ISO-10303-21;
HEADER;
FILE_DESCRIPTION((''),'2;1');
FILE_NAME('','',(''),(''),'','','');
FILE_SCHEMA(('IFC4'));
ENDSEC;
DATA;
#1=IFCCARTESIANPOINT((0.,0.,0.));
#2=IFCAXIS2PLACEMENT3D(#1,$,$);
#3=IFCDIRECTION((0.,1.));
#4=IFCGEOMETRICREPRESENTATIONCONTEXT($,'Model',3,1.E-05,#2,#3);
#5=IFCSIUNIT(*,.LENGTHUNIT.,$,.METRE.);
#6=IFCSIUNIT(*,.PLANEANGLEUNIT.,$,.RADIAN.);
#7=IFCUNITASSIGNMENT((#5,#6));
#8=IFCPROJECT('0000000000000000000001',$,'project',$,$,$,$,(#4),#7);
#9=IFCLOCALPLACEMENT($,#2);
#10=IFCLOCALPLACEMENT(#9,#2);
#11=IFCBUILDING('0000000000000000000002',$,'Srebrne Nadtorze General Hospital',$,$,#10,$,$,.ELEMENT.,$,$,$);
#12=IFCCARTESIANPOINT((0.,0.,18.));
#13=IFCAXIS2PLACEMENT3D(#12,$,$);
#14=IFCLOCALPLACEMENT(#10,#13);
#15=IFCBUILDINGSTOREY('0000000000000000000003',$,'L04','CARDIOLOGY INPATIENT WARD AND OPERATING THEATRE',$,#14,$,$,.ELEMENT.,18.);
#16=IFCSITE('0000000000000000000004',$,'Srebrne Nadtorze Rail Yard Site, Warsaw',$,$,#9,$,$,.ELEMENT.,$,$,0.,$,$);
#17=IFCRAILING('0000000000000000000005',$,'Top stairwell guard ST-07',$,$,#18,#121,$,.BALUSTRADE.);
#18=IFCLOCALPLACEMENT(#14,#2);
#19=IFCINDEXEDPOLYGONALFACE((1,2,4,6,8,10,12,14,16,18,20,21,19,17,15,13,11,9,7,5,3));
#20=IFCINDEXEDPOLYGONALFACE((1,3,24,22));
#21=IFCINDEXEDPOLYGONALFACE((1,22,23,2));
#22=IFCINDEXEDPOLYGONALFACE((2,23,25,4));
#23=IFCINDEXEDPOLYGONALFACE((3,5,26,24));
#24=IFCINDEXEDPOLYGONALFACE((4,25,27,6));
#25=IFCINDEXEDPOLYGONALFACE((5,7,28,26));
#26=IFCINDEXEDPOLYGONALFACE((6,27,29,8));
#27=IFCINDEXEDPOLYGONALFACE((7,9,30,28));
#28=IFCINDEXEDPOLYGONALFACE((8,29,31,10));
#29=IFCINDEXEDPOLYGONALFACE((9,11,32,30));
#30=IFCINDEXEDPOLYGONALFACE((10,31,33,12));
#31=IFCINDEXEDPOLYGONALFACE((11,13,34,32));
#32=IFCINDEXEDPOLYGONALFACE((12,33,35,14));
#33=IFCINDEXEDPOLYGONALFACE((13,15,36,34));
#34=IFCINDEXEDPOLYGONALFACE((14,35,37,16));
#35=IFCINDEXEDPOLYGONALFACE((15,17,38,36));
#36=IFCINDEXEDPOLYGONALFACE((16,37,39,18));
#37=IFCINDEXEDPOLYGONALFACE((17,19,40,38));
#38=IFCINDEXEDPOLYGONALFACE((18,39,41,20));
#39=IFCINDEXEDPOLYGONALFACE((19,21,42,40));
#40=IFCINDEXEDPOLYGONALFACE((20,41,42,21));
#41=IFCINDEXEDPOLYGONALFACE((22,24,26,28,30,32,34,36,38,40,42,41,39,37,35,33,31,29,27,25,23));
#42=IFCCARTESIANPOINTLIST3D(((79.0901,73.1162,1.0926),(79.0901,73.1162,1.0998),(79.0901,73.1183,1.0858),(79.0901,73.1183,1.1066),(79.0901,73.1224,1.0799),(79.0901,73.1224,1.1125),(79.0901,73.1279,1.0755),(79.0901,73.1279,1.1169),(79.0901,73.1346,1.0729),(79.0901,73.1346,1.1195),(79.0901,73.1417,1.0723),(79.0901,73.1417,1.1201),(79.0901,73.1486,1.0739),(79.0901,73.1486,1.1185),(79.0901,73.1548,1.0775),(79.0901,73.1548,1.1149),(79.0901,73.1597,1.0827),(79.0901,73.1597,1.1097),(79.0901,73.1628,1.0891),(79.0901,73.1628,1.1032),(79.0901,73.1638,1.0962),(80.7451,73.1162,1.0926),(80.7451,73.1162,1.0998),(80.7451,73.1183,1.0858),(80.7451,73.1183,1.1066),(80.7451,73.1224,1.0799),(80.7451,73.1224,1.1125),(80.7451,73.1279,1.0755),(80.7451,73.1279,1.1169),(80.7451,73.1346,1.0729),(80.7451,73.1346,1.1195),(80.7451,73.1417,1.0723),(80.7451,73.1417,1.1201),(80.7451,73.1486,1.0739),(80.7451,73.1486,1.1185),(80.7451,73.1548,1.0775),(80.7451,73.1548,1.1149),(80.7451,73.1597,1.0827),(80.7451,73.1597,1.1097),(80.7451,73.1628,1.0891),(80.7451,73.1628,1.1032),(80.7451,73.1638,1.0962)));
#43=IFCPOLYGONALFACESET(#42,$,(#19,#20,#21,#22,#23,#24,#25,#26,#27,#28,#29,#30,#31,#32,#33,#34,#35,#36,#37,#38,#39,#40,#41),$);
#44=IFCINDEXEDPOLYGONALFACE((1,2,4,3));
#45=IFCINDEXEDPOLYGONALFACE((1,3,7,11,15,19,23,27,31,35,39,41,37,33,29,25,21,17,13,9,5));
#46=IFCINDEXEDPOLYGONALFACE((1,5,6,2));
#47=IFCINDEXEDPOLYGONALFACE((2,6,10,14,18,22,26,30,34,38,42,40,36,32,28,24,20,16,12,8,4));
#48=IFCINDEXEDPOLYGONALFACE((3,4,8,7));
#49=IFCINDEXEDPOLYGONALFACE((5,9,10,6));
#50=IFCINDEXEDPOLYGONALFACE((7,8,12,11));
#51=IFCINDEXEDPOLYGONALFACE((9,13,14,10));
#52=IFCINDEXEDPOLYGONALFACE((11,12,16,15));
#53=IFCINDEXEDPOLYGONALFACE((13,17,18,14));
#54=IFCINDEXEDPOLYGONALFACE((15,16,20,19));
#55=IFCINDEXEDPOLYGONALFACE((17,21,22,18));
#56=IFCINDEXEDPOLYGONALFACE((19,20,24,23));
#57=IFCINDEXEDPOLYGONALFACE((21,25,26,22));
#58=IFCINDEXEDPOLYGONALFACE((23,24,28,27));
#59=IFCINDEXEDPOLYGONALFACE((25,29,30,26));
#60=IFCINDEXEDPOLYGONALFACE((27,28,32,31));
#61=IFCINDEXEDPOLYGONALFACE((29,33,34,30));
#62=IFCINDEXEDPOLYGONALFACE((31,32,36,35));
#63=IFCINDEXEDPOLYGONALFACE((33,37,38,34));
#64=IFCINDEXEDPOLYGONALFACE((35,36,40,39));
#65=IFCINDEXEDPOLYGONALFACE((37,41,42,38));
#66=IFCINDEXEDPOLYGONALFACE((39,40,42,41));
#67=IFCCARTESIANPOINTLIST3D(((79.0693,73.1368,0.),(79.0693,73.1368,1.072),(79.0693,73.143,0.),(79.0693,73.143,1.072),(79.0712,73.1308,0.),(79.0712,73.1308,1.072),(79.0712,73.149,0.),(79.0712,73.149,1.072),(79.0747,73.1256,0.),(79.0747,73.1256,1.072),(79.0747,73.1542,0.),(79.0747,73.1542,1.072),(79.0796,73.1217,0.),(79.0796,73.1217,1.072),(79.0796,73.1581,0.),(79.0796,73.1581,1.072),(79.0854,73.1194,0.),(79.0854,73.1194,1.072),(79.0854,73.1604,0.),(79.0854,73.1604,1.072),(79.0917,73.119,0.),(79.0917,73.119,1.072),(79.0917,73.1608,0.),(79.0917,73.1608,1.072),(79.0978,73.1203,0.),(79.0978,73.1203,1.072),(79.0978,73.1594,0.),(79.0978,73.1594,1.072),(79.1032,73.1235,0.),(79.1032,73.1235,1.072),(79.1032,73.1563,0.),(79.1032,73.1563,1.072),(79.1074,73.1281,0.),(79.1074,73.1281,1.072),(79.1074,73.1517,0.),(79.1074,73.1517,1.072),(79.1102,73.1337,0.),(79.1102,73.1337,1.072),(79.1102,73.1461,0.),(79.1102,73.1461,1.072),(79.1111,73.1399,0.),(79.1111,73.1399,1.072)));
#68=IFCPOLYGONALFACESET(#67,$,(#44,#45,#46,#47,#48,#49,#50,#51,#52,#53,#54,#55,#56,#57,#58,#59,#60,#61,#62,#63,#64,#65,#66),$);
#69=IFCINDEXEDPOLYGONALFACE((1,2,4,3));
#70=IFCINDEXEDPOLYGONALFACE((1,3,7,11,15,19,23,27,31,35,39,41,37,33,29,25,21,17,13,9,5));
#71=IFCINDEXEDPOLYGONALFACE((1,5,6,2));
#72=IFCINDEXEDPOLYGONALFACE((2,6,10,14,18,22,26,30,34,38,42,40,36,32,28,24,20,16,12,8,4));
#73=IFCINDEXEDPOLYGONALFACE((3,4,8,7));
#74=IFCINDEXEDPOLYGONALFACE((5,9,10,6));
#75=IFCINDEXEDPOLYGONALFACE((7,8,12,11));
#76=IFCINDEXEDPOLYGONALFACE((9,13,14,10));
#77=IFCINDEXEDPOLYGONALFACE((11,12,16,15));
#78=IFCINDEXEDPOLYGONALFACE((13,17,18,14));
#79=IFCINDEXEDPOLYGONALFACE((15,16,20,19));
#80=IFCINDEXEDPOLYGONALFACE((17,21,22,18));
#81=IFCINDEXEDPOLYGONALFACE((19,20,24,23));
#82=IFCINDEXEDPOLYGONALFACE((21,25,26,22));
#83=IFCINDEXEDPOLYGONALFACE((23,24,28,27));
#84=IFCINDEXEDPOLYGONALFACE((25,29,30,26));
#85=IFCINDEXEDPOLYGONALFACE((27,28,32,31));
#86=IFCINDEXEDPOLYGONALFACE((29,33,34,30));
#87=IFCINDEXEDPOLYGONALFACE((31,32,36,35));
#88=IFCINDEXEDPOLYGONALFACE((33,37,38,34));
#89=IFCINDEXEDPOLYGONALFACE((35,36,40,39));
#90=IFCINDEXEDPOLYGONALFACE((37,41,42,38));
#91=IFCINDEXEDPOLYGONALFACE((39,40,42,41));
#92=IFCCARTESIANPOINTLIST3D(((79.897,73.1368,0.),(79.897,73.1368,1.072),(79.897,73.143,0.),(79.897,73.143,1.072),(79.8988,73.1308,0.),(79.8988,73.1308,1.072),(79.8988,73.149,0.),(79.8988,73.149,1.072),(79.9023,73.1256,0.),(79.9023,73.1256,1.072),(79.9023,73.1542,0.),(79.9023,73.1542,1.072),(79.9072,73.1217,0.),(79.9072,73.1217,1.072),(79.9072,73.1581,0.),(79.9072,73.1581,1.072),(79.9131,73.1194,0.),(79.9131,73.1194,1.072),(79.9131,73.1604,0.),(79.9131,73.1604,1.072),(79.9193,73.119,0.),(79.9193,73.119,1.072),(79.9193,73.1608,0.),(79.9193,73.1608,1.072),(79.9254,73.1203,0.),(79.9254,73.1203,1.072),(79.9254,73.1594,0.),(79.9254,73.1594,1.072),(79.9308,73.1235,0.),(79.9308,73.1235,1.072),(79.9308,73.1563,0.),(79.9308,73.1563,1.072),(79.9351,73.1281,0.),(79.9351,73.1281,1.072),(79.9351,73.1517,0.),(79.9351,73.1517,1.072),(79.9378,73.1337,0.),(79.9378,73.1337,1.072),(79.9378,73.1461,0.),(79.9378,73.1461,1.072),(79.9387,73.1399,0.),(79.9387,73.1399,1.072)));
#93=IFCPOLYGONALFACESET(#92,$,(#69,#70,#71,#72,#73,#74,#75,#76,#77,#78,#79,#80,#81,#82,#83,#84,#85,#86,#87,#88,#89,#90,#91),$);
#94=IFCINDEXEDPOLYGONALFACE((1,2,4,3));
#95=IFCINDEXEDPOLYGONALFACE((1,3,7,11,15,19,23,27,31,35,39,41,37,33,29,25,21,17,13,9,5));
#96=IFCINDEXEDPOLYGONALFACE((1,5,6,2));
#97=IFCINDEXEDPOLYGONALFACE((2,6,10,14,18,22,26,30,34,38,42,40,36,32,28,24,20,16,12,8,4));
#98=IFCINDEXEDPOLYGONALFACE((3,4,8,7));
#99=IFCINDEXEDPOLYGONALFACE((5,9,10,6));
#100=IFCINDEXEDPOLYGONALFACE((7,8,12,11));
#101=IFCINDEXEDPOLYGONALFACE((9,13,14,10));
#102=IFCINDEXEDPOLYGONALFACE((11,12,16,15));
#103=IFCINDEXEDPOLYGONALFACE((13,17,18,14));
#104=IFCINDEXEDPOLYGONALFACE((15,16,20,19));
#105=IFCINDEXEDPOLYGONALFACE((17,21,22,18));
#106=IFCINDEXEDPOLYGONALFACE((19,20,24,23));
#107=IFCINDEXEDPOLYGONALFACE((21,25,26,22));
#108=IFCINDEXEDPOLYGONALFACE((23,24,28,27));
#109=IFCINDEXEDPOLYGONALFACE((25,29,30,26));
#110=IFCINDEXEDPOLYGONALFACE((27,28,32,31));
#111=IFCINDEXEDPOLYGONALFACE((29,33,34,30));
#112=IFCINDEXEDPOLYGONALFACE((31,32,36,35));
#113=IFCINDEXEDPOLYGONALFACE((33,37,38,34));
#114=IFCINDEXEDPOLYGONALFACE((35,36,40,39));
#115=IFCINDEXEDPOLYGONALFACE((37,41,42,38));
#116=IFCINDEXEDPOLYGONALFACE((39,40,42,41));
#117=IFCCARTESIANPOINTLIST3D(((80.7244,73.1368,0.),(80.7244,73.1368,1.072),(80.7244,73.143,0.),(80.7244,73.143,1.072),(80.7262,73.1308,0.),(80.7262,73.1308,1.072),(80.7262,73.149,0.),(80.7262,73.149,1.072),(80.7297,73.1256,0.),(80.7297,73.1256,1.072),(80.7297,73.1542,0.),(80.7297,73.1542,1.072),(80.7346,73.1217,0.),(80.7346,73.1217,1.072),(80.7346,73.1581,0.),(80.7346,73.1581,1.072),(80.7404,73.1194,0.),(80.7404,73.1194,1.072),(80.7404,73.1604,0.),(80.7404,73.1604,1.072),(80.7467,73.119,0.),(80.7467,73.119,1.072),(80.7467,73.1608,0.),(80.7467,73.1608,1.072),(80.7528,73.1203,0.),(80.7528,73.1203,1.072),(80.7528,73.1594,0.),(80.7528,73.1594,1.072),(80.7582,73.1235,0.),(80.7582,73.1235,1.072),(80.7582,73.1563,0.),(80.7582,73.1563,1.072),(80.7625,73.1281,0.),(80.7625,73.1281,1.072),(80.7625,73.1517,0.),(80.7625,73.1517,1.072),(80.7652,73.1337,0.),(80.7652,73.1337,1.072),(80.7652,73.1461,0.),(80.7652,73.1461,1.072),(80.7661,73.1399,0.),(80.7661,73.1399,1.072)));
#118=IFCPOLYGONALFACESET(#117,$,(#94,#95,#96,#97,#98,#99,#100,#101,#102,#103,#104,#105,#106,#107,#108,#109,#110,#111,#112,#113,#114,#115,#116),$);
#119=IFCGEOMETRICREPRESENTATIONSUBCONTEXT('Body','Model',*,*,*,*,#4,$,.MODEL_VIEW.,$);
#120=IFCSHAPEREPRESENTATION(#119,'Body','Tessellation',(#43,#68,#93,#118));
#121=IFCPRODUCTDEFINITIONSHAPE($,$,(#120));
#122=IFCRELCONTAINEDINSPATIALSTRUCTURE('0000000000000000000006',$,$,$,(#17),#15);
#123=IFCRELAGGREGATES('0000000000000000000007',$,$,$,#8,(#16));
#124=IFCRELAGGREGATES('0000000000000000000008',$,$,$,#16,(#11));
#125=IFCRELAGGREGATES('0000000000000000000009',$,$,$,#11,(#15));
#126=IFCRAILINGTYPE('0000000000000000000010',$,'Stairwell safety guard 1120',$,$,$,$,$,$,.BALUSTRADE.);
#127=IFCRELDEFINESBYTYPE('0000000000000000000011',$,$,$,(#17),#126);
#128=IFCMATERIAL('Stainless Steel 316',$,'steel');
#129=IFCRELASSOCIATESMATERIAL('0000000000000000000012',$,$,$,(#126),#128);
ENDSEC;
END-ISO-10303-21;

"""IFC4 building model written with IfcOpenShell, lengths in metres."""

from ifc_helpers import new_model, si_unit, direction, frame, origin, origin_2d, place, context, subcontext, project, spatial, circle, extrude, material, type_object, element, save


model = new_model("IFC4")

# Units and contexts
model_context = context("Model", 3, precision=1e-05, world=origin(), true_north=direction((0.0, 1.0)))
body_context = subcontext(model_context, "Body", "Model", "MODEL_VIEW")
ifc_project = project(units=[si_unit("LENGTHUNIT", "METRE"), si_unit("PLANEANGLEUNIT", "RADIAN")], contexts=[model_context])

# Site, building, storey
site_placement = place(None, origin())
site = spatial("IfcSite", under=ifc_project, at=site_placement, Name="Srebrne Nadtorze Rail Yard Site, Warsaw", CompositionType="ELEMENT", RefElevation=0.0)
building_placement = place(site_placement, origin())
building = spatial("IfcBuilding", under=site, at=building_placement, Name="Srebrne Nadtorze General Hospital", CompositionType="ELEMENT")
storey_placement = place(building_placement, frame((0.0, 0.0, 18.0)))
storey = spatial("IfcBuildingStorey", under=building, at=storey_placement, Name="L04", Description="CARDIOLOGY INPATIENT WARD AND OPERATING THEATRE", CompositionType="ELEMENT", Elevation=18.0)

# Railing
ifc_material_1 = material(Name="Stainless Steel 316", Category="steel")
railing_type = type_object("IfcRailingType", Name="Stairwell safety guard 1120", PredefinedType="BALUSTRADE", material=ifc_material_1)
railing_placement = place(storey_placement, frame((79.0901, 73.1399, 0.0)))
element("IfcRailing", 1, at=railing_placement, inside=storey, type_object=railing_type, Name="Top stairwell guard ST-07", PredefinedType="BALUSTRADE", context=body_context, shape_type="SweptSolid", body=[
    extrude(circle(Radius=0.0239, at=origin_2d()), frame((0.0, 0.0, 1.0962), z_axis=(1.0, 0.0, 0.0), x_axis=(0.0, 1.0, 0.0)), (0.0, 0.0, 1.0), 1.655),
    extrude(circle(Radius=0.021, at=origin_2d()), origin(), (0.0, 0.0, 1.0), 1.072),
    extrude(circle(Radius=0.021, at=origin_2d()), frame((0.8276, 0.0, 0.0)), (0.0, 0.0, 1.0), 1.072),
    extrude(circle(Radius=0.021, at=origin_2d()), frame((1.655, 0.0, 0.0)), (0.0, 0.0, 1.0), 1.072),
])

save(model, "model.ifc")
